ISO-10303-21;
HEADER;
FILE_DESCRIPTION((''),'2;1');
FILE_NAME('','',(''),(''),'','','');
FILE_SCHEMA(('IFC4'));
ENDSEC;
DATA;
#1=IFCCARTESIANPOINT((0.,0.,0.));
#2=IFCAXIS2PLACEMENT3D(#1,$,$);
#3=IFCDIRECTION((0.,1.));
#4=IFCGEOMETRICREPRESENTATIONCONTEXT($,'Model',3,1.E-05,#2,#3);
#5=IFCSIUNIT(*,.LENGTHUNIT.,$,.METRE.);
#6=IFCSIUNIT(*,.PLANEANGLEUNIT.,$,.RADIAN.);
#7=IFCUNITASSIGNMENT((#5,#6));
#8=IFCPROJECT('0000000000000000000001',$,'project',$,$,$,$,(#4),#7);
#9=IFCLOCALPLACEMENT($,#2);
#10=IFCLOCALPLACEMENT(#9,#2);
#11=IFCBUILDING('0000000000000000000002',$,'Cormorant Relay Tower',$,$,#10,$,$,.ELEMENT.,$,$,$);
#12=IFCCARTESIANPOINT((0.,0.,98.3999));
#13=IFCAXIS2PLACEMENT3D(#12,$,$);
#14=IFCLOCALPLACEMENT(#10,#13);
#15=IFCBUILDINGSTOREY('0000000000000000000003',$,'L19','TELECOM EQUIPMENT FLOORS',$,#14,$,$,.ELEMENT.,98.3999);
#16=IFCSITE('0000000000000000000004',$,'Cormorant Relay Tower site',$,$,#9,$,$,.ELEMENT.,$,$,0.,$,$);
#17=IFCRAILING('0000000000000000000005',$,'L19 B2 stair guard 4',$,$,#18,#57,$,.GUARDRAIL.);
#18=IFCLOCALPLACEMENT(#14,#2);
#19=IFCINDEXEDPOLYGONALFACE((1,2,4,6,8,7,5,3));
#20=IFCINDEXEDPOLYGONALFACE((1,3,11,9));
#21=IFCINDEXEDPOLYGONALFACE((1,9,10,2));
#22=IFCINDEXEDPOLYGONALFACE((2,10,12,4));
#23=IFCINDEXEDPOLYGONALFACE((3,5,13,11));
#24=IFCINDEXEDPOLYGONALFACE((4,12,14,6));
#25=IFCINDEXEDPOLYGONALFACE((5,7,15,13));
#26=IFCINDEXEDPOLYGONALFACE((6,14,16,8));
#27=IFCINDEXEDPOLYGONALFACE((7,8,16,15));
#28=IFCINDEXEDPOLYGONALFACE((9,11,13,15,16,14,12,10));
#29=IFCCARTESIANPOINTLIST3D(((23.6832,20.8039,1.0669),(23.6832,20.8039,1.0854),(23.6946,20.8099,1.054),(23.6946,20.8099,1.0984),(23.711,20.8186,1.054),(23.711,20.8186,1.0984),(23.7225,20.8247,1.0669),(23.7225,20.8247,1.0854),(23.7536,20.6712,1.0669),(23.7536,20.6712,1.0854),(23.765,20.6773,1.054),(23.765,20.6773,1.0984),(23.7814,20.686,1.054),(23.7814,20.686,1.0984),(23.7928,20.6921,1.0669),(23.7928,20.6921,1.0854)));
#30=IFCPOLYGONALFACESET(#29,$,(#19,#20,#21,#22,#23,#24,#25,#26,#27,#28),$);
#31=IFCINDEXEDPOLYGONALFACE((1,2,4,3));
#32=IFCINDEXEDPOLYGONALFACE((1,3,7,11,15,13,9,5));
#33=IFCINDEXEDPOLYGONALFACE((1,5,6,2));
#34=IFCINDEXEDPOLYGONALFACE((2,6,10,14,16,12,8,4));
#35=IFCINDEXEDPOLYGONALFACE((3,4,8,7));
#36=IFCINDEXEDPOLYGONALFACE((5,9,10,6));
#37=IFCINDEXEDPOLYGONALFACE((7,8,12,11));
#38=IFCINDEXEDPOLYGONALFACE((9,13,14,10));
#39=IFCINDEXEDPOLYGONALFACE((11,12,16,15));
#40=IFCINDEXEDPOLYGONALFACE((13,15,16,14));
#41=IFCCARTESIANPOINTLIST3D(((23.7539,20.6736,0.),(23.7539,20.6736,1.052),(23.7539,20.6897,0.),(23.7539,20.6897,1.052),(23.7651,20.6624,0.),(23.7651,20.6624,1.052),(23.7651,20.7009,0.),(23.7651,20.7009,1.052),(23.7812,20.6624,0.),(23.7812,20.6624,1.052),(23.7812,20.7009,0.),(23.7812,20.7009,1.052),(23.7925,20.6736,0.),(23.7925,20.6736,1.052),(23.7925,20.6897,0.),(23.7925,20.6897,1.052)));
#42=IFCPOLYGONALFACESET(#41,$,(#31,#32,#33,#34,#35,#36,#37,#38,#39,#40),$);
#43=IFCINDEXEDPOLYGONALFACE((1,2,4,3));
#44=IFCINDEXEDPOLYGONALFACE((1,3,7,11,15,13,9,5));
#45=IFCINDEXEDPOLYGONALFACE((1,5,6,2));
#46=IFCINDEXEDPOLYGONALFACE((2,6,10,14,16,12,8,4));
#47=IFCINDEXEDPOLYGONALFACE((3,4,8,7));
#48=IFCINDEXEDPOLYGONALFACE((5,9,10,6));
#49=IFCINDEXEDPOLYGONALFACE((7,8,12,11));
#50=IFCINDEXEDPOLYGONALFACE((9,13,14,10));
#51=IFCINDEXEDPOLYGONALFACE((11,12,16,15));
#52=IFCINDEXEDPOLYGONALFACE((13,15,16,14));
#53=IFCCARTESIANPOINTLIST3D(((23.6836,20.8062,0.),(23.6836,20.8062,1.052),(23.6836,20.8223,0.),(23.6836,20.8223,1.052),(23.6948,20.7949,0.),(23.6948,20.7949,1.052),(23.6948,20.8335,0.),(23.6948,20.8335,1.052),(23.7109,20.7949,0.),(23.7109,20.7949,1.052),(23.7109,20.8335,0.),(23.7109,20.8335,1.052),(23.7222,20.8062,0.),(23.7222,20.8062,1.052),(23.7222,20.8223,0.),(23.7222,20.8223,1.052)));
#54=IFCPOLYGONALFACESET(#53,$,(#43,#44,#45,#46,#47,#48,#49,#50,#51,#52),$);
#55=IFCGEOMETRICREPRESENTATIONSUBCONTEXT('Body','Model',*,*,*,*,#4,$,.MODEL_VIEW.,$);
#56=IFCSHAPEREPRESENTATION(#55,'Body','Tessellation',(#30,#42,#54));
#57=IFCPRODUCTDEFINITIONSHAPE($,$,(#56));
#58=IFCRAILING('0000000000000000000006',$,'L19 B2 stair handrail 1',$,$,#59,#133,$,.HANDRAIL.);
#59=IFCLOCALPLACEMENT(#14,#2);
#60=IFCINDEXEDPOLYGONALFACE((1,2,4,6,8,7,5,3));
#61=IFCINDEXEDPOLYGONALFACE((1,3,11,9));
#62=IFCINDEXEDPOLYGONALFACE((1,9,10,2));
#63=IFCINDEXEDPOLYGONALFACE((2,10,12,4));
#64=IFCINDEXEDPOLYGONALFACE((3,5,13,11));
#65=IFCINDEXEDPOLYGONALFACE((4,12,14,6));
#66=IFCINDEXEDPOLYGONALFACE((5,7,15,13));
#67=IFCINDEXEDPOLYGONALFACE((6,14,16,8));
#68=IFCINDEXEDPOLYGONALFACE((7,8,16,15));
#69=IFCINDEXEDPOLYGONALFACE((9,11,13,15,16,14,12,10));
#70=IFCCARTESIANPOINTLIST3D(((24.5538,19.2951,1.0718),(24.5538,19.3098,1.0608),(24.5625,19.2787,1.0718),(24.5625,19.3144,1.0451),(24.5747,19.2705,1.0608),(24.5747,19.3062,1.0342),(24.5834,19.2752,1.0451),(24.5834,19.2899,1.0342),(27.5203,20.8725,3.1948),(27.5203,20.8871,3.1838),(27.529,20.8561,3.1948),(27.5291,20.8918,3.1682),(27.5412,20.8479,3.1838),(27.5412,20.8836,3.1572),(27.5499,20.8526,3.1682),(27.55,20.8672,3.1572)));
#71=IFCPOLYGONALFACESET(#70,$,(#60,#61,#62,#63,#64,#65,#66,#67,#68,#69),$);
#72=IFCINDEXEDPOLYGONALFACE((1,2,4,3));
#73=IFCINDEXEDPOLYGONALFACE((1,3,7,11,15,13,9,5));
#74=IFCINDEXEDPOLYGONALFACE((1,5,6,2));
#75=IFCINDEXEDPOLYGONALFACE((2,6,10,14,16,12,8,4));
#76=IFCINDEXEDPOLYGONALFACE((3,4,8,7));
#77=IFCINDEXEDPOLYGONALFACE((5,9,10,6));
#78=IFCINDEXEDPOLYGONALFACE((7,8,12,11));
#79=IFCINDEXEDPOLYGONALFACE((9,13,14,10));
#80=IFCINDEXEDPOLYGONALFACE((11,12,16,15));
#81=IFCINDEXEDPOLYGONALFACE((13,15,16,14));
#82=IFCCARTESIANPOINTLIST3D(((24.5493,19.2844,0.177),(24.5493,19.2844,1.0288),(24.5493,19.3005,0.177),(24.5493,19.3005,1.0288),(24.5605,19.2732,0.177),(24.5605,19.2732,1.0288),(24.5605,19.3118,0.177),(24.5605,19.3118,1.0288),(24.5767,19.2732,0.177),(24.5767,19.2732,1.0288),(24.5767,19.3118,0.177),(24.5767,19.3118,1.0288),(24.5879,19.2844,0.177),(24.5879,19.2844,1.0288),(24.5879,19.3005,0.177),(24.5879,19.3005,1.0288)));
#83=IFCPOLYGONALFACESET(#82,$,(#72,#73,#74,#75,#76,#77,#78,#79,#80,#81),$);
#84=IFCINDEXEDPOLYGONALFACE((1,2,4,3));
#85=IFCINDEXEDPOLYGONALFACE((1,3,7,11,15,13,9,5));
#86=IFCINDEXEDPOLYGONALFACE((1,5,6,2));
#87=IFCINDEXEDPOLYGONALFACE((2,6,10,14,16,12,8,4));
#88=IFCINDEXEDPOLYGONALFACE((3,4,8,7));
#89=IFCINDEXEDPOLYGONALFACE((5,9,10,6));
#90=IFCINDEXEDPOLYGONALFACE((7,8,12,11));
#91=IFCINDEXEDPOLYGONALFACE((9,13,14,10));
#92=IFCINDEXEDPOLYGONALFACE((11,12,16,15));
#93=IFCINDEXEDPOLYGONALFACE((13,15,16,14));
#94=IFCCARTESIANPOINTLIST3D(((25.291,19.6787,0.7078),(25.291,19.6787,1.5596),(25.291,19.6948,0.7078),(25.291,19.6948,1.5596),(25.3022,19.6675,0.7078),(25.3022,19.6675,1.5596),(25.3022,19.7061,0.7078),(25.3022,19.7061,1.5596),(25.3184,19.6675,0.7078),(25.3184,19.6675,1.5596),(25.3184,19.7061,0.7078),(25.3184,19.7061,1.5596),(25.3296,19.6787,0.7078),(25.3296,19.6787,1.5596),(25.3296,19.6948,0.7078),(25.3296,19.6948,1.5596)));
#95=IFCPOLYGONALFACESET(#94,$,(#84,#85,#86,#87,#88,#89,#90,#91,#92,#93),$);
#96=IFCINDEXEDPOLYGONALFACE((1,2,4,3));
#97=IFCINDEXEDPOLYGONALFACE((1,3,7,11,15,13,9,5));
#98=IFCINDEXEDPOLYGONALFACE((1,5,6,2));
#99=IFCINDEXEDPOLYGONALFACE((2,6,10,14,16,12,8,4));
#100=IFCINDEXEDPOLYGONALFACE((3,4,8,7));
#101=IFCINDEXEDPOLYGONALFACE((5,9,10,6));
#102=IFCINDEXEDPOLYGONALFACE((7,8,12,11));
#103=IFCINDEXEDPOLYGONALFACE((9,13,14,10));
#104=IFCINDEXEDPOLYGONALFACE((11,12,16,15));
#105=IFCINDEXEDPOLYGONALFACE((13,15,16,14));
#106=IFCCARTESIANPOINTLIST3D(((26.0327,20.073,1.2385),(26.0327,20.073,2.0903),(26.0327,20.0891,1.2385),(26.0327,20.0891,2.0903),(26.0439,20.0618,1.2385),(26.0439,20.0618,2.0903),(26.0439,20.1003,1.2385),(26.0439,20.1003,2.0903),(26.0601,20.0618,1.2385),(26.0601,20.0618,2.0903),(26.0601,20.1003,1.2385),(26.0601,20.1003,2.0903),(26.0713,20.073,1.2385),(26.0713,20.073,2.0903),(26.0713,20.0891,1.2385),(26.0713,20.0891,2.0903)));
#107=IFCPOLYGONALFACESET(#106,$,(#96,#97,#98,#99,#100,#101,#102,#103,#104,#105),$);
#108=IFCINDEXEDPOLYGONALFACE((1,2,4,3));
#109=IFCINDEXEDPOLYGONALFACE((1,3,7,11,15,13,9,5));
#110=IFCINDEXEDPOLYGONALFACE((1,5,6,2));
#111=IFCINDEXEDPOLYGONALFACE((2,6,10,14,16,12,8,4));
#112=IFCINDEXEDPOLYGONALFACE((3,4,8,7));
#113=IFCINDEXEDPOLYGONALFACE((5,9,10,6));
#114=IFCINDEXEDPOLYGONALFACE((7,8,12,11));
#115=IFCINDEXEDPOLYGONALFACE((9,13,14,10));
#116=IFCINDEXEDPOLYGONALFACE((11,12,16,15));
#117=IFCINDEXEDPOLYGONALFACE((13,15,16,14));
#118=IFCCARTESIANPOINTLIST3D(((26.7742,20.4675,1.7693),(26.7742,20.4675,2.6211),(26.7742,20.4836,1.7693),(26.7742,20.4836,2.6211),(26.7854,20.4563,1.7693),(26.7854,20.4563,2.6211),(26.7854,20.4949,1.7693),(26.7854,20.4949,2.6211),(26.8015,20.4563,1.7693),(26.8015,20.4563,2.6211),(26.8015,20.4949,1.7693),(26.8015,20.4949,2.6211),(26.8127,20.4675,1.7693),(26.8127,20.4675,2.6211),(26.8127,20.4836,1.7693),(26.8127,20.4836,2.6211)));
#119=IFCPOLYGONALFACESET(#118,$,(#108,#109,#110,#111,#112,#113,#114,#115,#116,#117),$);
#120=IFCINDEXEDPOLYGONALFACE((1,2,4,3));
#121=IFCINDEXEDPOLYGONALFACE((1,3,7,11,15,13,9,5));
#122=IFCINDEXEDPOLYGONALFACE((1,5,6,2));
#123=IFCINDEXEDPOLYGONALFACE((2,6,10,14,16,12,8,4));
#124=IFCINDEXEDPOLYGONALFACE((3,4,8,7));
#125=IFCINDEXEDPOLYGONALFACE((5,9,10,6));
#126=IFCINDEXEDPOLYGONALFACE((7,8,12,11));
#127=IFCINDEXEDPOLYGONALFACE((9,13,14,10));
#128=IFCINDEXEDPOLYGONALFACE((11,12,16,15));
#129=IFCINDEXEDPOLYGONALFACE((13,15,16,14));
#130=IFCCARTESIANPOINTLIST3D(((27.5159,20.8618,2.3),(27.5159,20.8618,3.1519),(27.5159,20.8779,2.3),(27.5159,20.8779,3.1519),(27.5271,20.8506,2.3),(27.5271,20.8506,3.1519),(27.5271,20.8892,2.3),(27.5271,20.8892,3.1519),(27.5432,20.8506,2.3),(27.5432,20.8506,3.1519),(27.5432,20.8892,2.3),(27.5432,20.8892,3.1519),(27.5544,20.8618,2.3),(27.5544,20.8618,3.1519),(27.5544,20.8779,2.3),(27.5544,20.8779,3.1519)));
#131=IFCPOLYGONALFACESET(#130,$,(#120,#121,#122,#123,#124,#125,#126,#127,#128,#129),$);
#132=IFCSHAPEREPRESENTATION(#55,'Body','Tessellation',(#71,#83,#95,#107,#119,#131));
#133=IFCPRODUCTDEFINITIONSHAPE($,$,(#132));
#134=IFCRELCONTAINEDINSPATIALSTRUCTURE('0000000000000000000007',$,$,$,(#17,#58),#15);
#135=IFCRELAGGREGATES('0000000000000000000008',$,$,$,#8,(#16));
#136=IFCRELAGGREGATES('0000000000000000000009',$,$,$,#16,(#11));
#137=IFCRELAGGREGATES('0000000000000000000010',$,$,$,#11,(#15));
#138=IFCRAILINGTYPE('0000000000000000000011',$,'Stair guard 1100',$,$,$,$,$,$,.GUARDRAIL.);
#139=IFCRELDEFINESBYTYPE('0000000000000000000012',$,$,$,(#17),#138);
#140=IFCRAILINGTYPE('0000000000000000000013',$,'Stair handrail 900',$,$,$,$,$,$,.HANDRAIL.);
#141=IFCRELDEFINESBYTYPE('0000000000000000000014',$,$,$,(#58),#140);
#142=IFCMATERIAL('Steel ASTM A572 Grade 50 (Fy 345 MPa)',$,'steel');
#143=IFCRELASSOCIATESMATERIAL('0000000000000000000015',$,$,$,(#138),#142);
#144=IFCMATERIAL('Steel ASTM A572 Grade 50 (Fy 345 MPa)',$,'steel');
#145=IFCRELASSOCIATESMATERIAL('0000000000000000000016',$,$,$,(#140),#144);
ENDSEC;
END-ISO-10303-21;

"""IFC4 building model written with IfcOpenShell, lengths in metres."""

from ifc_helpers import new_model, si_unit, direction, frame, origin, place, context, subcontext, project, spatial, polyline, outline, extrude, material, type_object, element, save


model = new_model("IFC4")

# Units and contexts
model_context = context("Model", 3, precision=1e-05, world=origin(), true_north=direction((0.0, 1.0)))
body_context = subcontext(model_context, "Body", "Model", "MODEL_VIEW")
ifc_project = project(units=[si_unit("LENGTHUNIT", "METRE"), si_unit("PLANEANGLEUNIT", "RADIAN")], contexts=[model_context])

# Site, building, storey
site_placement = place(None, origin())
site = spatial("IfcSite", under=ifc_project, at=site_placement, Name="Cormorant Relay Tower site", CompositionType="ELEMENT", RefElevation=0.0)
building_placement = place(site_placement, origin())
building = spatial("IfcBuilding", under=site, at=building_placement, Name="Cormorant Relay Tower", CompositionType="ELEMENT")
storey_placement = place(building_placement, frame((0.0, 0.0, 98.3999)))
storey = spatial("IfcBuildingStorey", under=building, at=storey_placement, Name="L19", Description="TELECOM EQUIPMENT FLOORS", CompositionType="ELEMENT", Elevation=98.3999)

# Railings
ifc_material_1 = material(Name="Steel ASTM A572 Grade 50 (Fy 345 MPa)", Category="steel")
railing_type_1 = type_object("IfcRailingType", Name="Stair guard 1100", PredefinedType="GUARDRAIL", material=ifc_material_1)
railing_1_placement = place(storey_placement, frame((23.7732, 20.6816, 0.0)))
element("IfcRailing", 1, at=railing_1_placement, inside=storey, type_object=railing_type_1, Name="L19 B2 stair guard 4", PredefinedType="GUARDRAIL", context=body_context, shape_type="SweptSolid", body=[
    extrude(outline(polyline([(0.0222, 0.0093), (0.0093, 0.0222), (-0.0093, 0.0222), (-0.0222, 0.0093), (-0.0222, -0.0093), (-0.0093, -0.0222), (0.0093, -0.0222), (0.0222, -0.0093), (0.0222, 0.0093)])), frame((0.0, 0.0, 1.0762), z_axis=(-0.46856, 0.883431, 0.0), x_axis=(-0.883431, -0.46856, 0.0)), (0.0, 0.0, 1.0), 0.1501),
    extrude(outline(polyline([(0.0193, 0.0081), (0.0081, 0.0193), (-0.0081, 0.0193), (-0.0193, 0.0081), (-0.0193, -0.0081), (-0.0081, -0.0193), (0.0081, -0.0193), (0.0193, -0.0081), (0.0193, 0.0081)])), origin(), (0.0, 0.0, 1.0), 1.052),
    extrude(outline(polyline([(0.0193, 0.0081), (0.0081, 0.0193), (-0.0081, 0.0193), (-0.0193, 0.0081), (-0.0193, -0.0081), (-0.0081, -0.0193), (0.0081, -0.0193), (0.0193, -0.0081), (0.0193, 0.0081)])), frame((-0.0703, 0.1326, 0.0)), (0.0, 0.0, 1.0), 1.052),
])
ifc_material_2 = material(Name="Steel ASTM A572 Grade 50 (Fy 345 MPa)", Category="steel")
railing_type_2 = type_object("IfcRailingType", Name="Stair handrail 900", PredefinedType="HANDRAIL", material=ifc_material_2)
railing_2_placement = place(storey_placement, frame((24.5686, 19.2925, 0.177)))
element("IfcRailing", 2, at=railing_2_placement, inside=storey, type_object=railing_type_2, Name="L19 B2 stair handrail 1", PredefinedType="HANDRAIL", context=body_context, shape_type="SweptSolid", body=[
    extrude(outline(polyline([(0.0222, 0.0093), (0.0093, 0.0222), (-0.0093, 0.0222), (-0.0222, 0.0093), (-0.0222, -0.0093), (-0.0093, -0.0222), (0.0093, -0.0222), (0.0222, -0.0093), (0.0222, 0.0093)])), frame((0.0, 0.0, 0.876), z_axis=(0.746413, 0.396887, 0.534179), x_axis=(-0.469483, 0.882942, 0.0)), (0.0, 0.0, 1.0), 3.9744),
    extrude(outline(polyline([(0.0193, 0.0081), (0.0081, 0.0193), (-0.0081, 0.0193), (-0.0193, 0.0081), (-0.0193, -0.0081), (-0.0081, -0.0193), (0.0081, -0.0193), (0.0193, -0.0081), (0.0193, 0.0081)])), origin(), (0.0, 0.0, 1.0), 0.8518),
    extrude(outline(polyline([(0.0193, 0.0081), (0.0081, 0.0193), (-0.0081, 0.0193), (-0.0193, 0.0081), (-0.0193, -0.0081), (-0.0081, -0.0193), (0.0081, -0.0193), (0.0193, -0.0081), (0.0193, 0.0081)])), frame((0.7417, 0.3943, 0.5308)), (0.0, 0.0, 1.0), 0.8518),
    extrude(outline(polyline([(0.0193, 0.0081), (0.0081, 0.0193), (-0.0081, 0.0193), (-0.0193, 0.0081), (-0.0193, -0.0081), (-0.0081, -0.0193), (0.0081, -0.0193), (0.0193, -0.0081), (0.0193, 0.0081)])), frame((1.4834, 0.7886, 1.0615)), (0.0, 0.0, 1.0), 0.8518),
    extrude(outline(polyline([(0.0193, 0.0081), (0.0081, 0.0193), (-0.0081, 0.0193), (-0.0193, 0.0081), (-0.0193, -0.0081), (-0.0081, -0.0193), (0.0081, -0.0193), (0.0193, -0.0081), (0.0193, 0.0081)])), frame((2.2249, 1.1831, 1.5923)), (0.0, 0.0, 1.0), 0.8518),
    extrude(outline(polyline([(0.0193, 0.0081), (0.0081, 0.0193), (-0.0081, 0.0193), (-0.0193, 0.0081), (-0.0193, -0.0081), (-0.0081, -0.0193), (0.0081, -0.0193), (0.0193, -0.0081), (0.0193, 0.0081)])), frame((2.9666, 1.5774, 2.123)), (0.0, 0.0, 1.0), 0.8518),
])

save(model, "model.ifc")
